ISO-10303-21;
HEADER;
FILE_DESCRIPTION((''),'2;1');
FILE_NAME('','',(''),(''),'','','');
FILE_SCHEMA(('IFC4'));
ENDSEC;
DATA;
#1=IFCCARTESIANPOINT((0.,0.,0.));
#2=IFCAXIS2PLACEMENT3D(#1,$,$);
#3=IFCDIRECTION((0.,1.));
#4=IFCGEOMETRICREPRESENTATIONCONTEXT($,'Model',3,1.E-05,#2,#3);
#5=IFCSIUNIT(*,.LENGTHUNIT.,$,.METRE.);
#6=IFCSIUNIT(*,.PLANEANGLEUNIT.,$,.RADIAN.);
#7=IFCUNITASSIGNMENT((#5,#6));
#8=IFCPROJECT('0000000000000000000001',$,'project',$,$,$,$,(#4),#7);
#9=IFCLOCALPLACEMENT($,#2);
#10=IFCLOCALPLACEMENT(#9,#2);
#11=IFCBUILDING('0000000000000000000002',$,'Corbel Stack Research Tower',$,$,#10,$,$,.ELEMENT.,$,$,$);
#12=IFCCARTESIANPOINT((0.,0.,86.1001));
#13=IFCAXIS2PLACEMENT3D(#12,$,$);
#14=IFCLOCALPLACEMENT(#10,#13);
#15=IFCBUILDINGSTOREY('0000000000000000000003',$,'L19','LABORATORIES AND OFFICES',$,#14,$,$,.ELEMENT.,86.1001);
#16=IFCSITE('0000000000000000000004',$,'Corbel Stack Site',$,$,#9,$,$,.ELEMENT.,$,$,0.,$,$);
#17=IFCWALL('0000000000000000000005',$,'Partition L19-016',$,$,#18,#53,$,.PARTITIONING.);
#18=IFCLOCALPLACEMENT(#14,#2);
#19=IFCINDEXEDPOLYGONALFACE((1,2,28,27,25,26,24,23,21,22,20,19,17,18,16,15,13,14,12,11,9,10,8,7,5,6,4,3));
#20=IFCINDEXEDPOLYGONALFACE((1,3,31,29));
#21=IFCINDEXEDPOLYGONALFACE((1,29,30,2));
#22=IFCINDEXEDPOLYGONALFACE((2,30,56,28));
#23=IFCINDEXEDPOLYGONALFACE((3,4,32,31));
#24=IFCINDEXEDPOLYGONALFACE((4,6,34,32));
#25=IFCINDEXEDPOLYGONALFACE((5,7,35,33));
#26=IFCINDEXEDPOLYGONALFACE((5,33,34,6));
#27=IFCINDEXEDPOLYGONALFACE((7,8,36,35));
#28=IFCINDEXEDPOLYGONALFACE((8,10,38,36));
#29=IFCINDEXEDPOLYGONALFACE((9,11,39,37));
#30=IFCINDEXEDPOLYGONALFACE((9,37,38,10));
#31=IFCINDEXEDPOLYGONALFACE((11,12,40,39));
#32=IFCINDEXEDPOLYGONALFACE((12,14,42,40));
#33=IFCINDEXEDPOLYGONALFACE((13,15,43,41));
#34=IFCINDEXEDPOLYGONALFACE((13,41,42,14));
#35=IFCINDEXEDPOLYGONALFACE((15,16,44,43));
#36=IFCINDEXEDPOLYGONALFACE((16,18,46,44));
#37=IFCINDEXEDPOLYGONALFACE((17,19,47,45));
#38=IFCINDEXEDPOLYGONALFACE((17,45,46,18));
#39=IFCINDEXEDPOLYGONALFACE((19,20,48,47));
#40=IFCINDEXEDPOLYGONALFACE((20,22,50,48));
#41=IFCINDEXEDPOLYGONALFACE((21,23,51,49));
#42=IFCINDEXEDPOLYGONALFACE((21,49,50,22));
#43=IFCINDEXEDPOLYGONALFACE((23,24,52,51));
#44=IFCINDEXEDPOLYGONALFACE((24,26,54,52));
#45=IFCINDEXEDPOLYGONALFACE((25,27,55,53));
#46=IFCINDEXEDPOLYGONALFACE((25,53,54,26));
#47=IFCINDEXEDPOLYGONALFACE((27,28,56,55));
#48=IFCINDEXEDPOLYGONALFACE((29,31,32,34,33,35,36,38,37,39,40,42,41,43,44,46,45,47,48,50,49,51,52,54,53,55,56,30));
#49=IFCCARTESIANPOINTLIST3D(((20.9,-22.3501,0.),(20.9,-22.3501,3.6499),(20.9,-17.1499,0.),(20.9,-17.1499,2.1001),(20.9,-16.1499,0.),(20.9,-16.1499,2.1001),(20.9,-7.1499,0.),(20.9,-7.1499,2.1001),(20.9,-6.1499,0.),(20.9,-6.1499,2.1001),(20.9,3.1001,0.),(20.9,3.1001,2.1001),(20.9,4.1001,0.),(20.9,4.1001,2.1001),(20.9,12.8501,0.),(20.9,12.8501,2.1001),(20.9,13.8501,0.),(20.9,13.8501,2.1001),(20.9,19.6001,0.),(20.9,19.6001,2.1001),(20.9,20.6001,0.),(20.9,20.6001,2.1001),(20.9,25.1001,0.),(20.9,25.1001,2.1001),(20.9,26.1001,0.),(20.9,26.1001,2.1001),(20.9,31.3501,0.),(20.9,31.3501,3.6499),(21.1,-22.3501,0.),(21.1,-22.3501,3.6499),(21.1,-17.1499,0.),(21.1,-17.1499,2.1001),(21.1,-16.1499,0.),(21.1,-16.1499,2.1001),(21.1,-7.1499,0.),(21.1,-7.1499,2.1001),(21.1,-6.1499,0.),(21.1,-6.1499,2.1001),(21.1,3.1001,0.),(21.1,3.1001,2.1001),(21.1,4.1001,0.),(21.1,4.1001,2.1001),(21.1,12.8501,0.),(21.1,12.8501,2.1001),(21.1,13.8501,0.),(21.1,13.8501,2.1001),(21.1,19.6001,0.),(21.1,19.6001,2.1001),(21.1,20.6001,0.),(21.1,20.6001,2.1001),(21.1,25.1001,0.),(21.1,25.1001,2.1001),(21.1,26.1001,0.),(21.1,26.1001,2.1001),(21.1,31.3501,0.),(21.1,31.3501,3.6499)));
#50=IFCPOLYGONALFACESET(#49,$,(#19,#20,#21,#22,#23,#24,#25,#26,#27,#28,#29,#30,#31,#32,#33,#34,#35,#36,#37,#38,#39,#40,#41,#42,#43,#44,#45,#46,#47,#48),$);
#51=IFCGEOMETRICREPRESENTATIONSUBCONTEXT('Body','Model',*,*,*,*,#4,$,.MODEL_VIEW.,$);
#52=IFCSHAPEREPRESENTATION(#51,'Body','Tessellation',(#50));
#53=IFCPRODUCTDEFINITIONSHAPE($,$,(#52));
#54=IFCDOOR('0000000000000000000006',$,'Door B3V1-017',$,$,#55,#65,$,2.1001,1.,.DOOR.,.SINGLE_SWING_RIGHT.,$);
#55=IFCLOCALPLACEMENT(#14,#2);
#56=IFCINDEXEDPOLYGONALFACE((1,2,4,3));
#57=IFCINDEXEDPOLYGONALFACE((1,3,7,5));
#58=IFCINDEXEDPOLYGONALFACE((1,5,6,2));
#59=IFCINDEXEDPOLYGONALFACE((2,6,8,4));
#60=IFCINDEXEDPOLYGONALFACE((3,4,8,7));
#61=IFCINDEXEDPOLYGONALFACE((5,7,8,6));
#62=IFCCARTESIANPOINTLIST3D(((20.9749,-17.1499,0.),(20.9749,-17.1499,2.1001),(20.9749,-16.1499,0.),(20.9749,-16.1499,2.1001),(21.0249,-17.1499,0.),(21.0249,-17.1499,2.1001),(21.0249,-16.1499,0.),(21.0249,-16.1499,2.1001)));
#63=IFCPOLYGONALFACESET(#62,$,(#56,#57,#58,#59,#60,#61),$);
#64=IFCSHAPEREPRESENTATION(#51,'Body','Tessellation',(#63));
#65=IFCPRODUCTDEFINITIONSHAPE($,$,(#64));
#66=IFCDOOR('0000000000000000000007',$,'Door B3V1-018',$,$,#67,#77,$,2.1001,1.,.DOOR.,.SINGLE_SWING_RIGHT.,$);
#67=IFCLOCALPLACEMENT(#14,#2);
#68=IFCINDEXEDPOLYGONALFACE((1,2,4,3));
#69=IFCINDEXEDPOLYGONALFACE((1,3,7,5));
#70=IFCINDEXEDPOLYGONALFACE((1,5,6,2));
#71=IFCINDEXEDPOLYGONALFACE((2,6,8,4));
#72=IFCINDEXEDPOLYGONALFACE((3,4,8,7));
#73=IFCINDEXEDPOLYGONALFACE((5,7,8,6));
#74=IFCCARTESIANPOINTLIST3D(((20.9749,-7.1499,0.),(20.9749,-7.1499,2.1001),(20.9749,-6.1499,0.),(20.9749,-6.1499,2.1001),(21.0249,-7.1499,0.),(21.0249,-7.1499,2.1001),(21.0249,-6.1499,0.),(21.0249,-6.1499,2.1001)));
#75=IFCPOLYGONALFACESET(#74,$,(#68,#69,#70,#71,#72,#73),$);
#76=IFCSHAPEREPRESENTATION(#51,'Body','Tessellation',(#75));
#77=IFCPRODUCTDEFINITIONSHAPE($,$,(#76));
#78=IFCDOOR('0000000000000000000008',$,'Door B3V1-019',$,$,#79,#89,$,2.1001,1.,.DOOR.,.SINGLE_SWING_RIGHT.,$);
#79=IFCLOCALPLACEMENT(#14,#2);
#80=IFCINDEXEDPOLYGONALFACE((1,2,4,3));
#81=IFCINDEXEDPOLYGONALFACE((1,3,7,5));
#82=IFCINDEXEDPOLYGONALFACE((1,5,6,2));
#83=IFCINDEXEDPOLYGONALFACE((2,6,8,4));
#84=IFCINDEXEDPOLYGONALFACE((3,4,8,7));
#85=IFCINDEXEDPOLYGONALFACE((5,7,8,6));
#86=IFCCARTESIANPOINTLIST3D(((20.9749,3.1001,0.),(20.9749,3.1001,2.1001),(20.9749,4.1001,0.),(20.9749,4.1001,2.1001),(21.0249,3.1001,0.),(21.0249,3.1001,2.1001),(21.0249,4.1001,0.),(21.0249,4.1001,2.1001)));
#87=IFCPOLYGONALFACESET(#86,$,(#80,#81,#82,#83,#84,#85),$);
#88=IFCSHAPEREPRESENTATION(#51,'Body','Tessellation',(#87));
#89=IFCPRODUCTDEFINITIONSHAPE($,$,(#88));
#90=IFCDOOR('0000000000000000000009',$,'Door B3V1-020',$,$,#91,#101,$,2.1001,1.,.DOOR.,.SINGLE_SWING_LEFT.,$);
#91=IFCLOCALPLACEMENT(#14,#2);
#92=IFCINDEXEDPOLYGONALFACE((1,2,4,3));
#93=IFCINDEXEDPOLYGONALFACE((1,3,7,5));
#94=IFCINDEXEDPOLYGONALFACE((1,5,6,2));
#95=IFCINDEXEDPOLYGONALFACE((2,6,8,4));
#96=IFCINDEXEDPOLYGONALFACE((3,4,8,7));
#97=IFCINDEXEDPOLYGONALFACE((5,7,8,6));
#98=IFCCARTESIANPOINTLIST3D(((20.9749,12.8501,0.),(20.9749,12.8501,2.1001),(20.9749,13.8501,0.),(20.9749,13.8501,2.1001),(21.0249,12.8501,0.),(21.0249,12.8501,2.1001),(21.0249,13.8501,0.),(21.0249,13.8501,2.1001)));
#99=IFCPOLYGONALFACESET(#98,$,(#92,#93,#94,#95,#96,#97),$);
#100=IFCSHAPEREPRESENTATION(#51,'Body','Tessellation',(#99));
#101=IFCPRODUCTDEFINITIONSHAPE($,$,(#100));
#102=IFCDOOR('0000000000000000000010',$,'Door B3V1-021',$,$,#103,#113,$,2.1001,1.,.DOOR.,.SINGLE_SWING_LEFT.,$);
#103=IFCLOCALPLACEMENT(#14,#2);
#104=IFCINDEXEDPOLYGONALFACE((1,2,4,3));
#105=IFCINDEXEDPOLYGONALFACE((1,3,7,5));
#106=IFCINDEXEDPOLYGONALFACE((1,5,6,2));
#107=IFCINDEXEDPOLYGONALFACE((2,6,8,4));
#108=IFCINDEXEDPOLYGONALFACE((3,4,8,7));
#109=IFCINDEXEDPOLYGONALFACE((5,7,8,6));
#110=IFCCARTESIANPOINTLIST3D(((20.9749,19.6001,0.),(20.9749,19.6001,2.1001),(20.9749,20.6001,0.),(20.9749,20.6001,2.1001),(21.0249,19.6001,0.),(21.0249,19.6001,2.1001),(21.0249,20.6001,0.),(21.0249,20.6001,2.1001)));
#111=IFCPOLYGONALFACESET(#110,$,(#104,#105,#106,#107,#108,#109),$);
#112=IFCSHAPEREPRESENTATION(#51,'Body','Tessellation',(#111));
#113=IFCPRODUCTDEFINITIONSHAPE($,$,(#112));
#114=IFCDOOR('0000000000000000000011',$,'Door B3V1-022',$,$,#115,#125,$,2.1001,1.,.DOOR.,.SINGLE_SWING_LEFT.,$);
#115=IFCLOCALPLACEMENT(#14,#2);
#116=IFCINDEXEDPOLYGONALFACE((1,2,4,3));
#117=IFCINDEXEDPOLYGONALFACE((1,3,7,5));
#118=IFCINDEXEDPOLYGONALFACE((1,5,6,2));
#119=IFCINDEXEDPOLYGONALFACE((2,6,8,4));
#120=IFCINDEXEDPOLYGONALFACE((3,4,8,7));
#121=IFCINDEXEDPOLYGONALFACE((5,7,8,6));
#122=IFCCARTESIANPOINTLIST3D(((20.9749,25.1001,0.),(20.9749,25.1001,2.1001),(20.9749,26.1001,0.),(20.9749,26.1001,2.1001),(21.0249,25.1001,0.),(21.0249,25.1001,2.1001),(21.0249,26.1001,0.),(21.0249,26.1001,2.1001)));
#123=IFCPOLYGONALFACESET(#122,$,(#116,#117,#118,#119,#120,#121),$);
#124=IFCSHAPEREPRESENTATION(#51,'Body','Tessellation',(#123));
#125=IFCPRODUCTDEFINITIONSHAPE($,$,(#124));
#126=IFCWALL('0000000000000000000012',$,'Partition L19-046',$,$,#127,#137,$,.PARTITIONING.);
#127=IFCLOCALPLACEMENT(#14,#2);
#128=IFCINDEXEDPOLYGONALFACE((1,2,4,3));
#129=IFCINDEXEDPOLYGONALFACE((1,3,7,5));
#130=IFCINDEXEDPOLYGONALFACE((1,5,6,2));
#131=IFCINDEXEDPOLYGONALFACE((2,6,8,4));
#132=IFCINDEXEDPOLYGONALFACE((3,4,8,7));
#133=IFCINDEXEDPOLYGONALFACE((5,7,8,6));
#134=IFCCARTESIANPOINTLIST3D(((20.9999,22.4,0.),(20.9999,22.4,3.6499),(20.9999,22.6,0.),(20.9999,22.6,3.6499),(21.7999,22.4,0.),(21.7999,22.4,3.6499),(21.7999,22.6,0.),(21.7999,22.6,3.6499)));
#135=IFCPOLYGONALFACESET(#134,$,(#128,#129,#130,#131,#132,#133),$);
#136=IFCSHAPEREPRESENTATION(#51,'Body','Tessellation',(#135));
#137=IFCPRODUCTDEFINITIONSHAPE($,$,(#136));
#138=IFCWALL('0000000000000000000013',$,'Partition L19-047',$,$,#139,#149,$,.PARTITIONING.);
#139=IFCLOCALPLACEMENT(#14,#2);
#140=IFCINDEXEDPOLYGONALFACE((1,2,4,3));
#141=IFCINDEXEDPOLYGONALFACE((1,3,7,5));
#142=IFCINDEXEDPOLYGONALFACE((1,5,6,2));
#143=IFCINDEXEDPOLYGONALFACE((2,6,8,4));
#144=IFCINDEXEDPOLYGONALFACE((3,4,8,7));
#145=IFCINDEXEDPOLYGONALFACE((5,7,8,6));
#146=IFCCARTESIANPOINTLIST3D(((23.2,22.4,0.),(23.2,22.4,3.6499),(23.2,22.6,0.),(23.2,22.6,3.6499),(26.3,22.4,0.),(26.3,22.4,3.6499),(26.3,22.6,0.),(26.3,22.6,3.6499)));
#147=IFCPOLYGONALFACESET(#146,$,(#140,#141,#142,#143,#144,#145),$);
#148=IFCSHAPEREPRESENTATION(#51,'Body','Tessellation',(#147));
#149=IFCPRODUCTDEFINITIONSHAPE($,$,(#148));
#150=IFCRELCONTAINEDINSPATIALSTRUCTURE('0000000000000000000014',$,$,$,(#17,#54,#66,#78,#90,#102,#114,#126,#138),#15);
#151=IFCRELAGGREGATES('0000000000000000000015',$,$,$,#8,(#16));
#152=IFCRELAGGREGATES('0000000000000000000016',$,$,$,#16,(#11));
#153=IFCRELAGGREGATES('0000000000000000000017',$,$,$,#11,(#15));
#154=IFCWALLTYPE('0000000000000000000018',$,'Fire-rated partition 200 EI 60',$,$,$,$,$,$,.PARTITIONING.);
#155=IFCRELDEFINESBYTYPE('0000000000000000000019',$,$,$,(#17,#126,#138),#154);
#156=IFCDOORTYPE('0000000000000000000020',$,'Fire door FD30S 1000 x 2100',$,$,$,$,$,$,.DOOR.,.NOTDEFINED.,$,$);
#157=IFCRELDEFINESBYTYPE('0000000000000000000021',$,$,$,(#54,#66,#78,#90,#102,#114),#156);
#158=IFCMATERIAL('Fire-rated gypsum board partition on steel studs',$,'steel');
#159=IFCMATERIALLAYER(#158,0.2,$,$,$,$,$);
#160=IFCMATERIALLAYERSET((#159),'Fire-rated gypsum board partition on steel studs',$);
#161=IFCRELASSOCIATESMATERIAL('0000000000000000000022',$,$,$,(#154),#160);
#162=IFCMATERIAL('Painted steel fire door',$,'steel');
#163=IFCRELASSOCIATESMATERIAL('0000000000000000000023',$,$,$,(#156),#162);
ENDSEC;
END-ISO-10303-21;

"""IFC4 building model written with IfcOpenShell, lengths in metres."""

from ifc_helpers import new_model, si_unit, direction, frame, frame_2d, origin, place, context, subcontext, project, spatial, rectangle, extrude, material, layer, layer_set, type_object, element, fill, save


model = new_model("IFC4")

# Units and contexts
model_context = context("Model", 3, precision=1e-05, world=origin(), true_north=direction((0.0, 1.0)))
body_context = subcontext(model_context, "Body", "Model", "MODEL_VIEW")
ifc_project = project(units=[si_unit("LENGTHUNIT", "METRE"), si_unit("PLANEANGLEUNIT", "RADIAN")], contexts=[model_context])

# Site, building, storey
site_placement = place(None, origin())
site = spatial("IfcSite", under=ifc_project, at=site_placement, Name="Corbel Stack Site", CompositionType="ELEMENT", RefElevation=0.0)
building_placement = place(site_placement, origin())
building = spatial("IfcBuilding", under=site, at=building_placement, Name="Corbel Stack Research Tower", CompositionType="ELEMENT")
storey_placement = place(building_placement, frame((0.0, 0.0, 86.1001)))
storey = spatial("IfcBuildingStorey", under=building, at=storey_placement, Name="L19", Description="LABORATORIES AND OFFICES", CompositionType="ELEMENT", Elevation=86.1001)

# Wall, openings, doors
ifc_material_1 = material(Name="Fire-rated gypsum board partition on steel studs", Category="steel")
ifc_layer_1 = layer(ifc_material_1, 0.2)
ifc_layer_set_1 = layer_set([ifc_layer_1], Name="Fire-rated gypsum board partition on steel studs")
wall_type_1 = type_object("IfcWallType", Name="Fire-rated partition 200 EI 60", PredefinedType="PARTITIONING", material=ifc_layer_set_1)
wall_1_placement = place(storey_placement, frame((21.0, 31.3501, 0.0), z_axis=(0.0, 0.0, 1.0), x_axis=(0.0, -1.0, 0.0)))
wall_1 = element("IfcWall", 1, at=wall_1_placement, inside=storey, type_object=wall_type_1, Name="Partition L19-016", PredefinedType="PARTITIONING", context=body_context, shape_type="SweptSolid", body=[
    extrude(rectangle(XDim=53.7002, YDim=0.2, at=frame_2d((26.8501, 0.0))), origin(), (0.0, 0.0, 1.0), 3.6499),
])
opening_1_placement = place(wall_1_placement, frame((47.5, 0.0, 0.0)))
opening_1 = element("IfcOpeningElement", 2, at=opening_1_placement, cuts=wall_1, PredefinedType="OPENING", context=body_context, shape_type="SweptSolid", body=[
    extrude(rectangle(XDim=1.0, YDim=2.1001, at=frame_2d((0.5, 1.05))), frame((0.0, 0.1099, 0.0), z_axis=(0.0, -1.0, 0.0), x_axis=(1.0, 0.0, 0.0)), (0.0, 0.0, 1.0), 0.22),
])
opening_2_placement = place(wall_1_placement, frame((37.5, 0.0, 0.0)))
opening_2 = element("IfcOpeningElement", 3, at=opening_2_placement, cuts=wall_1, PredefinedType="OPENING", context=body_context, shape_type="SweptSolid", body=[
    extrude(rectangle(XDim=1.0, YDim=2.1001, at=frame_2d((0.5, 1.05))), frame((0.0, 0.1099, 0.0), z_axis=(0.0, -1.0, 0.0), x_axis=(1.0, 0.0, 0.0)), (0.0, 0.0, 1.0), 0.22),
])
opening_3_placement = place(wall_1_placement, frame((27.25, 0.0, 0.0)))
opening_3 = element("IfcOpeningElement", 4, at=opening_3_placement, cuts=wall_1, PredefinedType="OPENING", context=body_context, shape_type="SweptSolid", body=[
    extrude(rectangle(XDim=1.0, YDim=2.1001, at=frame_2d((0.5, 1.05))), frame((0.0, 0.1099, 0.0), z_axis=(0.0, -1.0, 0.0), x_axis=(1.0, 0.0, 0.0)), (0.0, 0.0, 1.0), 0.22),
])
opening_4_placement = place(wall_1_placement, frame((17.5, 0.0, 0.0)))
opening_4 = element("IfcOpeningElement", 5, at=opening_4_placement, cuts=wall_1, PredefinedType="OPENING", context=body_context, shape_type="SweptSolid", body=[
    extrude(rectangle(XDim=1.0, YDim=2.1001, at=frame_2d((0.5, 1.05))), frame((0.0, 0.1099, 0.0), z_axis=(0.0, -1.0, 0.0), x_axis=(1.0, 0.0, 0.0)), (0.0, 0.0, 1.0), 0.22),
])
opening_5_placement = place(wall_1_placement, frame((10.75, 0.0, 0.0)))
opening_5 = element("IfcOpeningElement", 6, at=opening_5_placement, cuts=wall_1, PredefinedType="OPENING", context=body_context, shape_type="SweptSolid", body=[
    extrude(rectangle(XDim=1.0, YDim=2.1001, at=frame_2d((0.5, 1.05))), frame((0.0, 0.1099, 0.0), z_axis=(0.0, -1.0, 0.0), x_axis=(1.0, 0.0, 0.0)), (0.0, 0.0, 1.0), 0.22),
])
opening_6_placement = place(wall_1_placement, frame((5.25, 0.0, 0.0)))
opening_6 = element("IfcOpeningElement", 7, at=opening_6_placement, cuts=wall_1, PredefinedType="OPENING", context=body_context, shape_type="SweptSolid", body=[
    extrude(rectangle(XDim=1.0, YDim=2.1001, at=frame_2d((0.5, 1.05))), frame((0.0, 0.1099, 0.0), z_axis=(0.0, -1.0, 0.0), x_axis=(1.0, 0.0, 0.0)), (0.0, 0.0, 1.0), 0.22),
])
ifc_material_2 = material(Name="Painted steel fire door", Category="steel")
door_type = type_object("IfcDoorType", Name="Fire door FD30S 1000 x 2100", OperationType="NOTDEFINED", PredefinedType="DOOR", material=ifc_material_2)
door_1_placement = place(opening_1_placement, origin())
door_1 = element("IfcDoor", 8, at=door_1_placement, inside=storey, type_object=door_type, Name="Door B3V1-017", OperationType="SINGLE_SWING_RIGHT", OverallHeight=2.1001, OverallWidth=1.0, PredefinedType="DOOR", context=body_context, shape_type="SweptSolid", body=[
    extrude(rectangle(XDim=1.0, YDim=2.1001, at=frame_2d((0.5, 1.05))), frame((0.0, 0.0249, 0.0), z_axis=(0.0, -1.0, 0.0), x_axis=(1.0, 0.0, 0.0)), (0.0, 0.0, 1.0), 0.05),
])
fill(opening_1, door_1)
door_2_placement = place(opening_2_placement, origin())
door_2 = element("IfcDoor", 9, at=door_2_placement, inside=storey, type_object=door_type, Name="Door B3V1-018", OperationType="SINGLE_SWING_RIGHT", OverallHeight=2.1001, OverallWidth=1.0, PredefinedType="DOOR", context=body_context, shape_type="SweptSolid", body=[
    extrude(rectangle(XDim=1.0, YDim=2.1001, at=frame_2d((0.5, 1.05))), frame((0.0, 0.0249, 0.0), z_axis=(0.0, -1.0, 0.0), x_axis=(1.0, 0.0, 0.0)), (0.0, 0.0, 1.0), 0.05),
])
fill(opening_2, door_2)
door_3_placement = place(opening_3_placement, origin())
door_3 = element("IfcDoor", 10, at=door_3_placement, inside=storey, type_object=door_type, Name="Door B3V1-019", OperationType="SINGLE_SWING_RIGHT", OverallHeight=2.1001, OverallWidth=1.0, PredefinedType="DOOR", context=body_context, shape_type="SweptSolid", body=[
    extrude(rectangle(XDim=1.0, YDim=2.1001, at=frame_2d((0.5, 1.05))), frame((0.0, 0.0249, 0.0), z_axis=(0.0, -1.0, 0.0), x_axis=(1.0, 0.0, 0.0)), (0.0, 0.0, 1.0), 0.05),
])
fill(opening_3, door_3)
door_4_placement = place(opening_4_placement, origin())
door_4 = element("IfcDoor", 11, at=door_4_placement, inside=storey, type_object=door_type, Name="Door B3V1-020", OperationType="SINGLE_SWING_LEFT", OverallHeight=2.1001, OverallWidth=1.0, PredefinedType="DOOR", context=body_context, shape_type="SweptSolid", body=[
    extrude(rectangle(XDim=1.0, YDim=2.1001, at=frame_2d((0.5, 1.05))), frame((0.0, 0.0249, 0.0), z_axis=(0.0, -1.0, 0.0), x_axis=(1.0, 0.0, 0.0)), (0.0, 0.0, 1.0), 0.05),
])
fill(opening_4, door_4)
door_5_placement = place(opening_5_placement, origin())
door_5 = element("IfcDoor", 12, at=door_5_placement, inside=storey, type_object=door_type, Name="Door B3V1-021", OperationType="SINGLE_SWING_LEFT", OverallHeight=2.1001, OverallWidth=1.0, PredefinedType="DOOR", context=body_context, shape_type="SweptSolid", body=[
    extrude(rectangle(XDim=1.0, YDim=2.1001, at=frame_2d((0.5, 1.05))), frame((0.0, 0.0249, 0.0), z_axis=(0.0, -1.0, 0.0), x_axis=(1.0, 0.0, 0.0)), (0.0, 0.0, 1.0), 0.05),
])
fill(opening_5, door_5)
door_6_placement = place(opening_6_placement, origin())
door_6 = element("IfcDoor", 13, at=door_6_placement, inside=storey, type_object=door_type, Name="Door B3V1-022", OperationType="SINGLE_SWING_LEFT", OverallHeight=2.1001, OverallWidth=1.0, PredefinedType="DOOR", context=body_context, shape_type="SweptSolid", body=[
    extrude(rectangle(XDim=1.0, YDim=2.1001, at=frame_2d((0.5, 1.05))), frame((0.0, 0.0249, 0.0), z_axis=(0.0, -1.0, 0.0), x_axis=(1.0, 0.0, 0.0)), (0.0, 0.0, 1.0), 0.05),
])
fill(opening_6, door_6)

# Walls
wall_2_placement = place(storey_placement, frame((21.0, 22.5, 0.0), z_axis=(0.0, 0.0, 1.0), x_axis=(1.0, 0.0, 0.0)))
element("IfcWall", 14, at=wall_2_placement, inside=storey, type_object=wall_type_1, Name="Partition L19-046", PredefinedType="PARTITIONING", context=body_context, shape_type="SweptSolid", body=[
    extrude(rectangle(XDim=0.8, YDim=0.2, at=frame_2d((0.3999, 0.0))), origin(), (0.0, 0.0, 1.0), 3.6499),
])
wall_3_placement = place(storey_placement, frame((23.2, 22.5, 0.0), z_axis=(0.0, 0.0, 1.0), x_axis=(1.0, 0.0, 0.0)))
element("IfcWall", 15, at=wall_3_placement, inside=storey, type_object=wall_type_1, Name="Partition L19-047", PredefinedType="PARTITIONING", context=body_context, shape_type="SweptSolid", body=[
    extrude(rectangle(XDim=3.1001, YDim=0.2, at=frame_2d((1.55, 0.0))), origin(), (0.0, 0.0, 1.0), 3.6499),
])

save(model, "model.ifc")
